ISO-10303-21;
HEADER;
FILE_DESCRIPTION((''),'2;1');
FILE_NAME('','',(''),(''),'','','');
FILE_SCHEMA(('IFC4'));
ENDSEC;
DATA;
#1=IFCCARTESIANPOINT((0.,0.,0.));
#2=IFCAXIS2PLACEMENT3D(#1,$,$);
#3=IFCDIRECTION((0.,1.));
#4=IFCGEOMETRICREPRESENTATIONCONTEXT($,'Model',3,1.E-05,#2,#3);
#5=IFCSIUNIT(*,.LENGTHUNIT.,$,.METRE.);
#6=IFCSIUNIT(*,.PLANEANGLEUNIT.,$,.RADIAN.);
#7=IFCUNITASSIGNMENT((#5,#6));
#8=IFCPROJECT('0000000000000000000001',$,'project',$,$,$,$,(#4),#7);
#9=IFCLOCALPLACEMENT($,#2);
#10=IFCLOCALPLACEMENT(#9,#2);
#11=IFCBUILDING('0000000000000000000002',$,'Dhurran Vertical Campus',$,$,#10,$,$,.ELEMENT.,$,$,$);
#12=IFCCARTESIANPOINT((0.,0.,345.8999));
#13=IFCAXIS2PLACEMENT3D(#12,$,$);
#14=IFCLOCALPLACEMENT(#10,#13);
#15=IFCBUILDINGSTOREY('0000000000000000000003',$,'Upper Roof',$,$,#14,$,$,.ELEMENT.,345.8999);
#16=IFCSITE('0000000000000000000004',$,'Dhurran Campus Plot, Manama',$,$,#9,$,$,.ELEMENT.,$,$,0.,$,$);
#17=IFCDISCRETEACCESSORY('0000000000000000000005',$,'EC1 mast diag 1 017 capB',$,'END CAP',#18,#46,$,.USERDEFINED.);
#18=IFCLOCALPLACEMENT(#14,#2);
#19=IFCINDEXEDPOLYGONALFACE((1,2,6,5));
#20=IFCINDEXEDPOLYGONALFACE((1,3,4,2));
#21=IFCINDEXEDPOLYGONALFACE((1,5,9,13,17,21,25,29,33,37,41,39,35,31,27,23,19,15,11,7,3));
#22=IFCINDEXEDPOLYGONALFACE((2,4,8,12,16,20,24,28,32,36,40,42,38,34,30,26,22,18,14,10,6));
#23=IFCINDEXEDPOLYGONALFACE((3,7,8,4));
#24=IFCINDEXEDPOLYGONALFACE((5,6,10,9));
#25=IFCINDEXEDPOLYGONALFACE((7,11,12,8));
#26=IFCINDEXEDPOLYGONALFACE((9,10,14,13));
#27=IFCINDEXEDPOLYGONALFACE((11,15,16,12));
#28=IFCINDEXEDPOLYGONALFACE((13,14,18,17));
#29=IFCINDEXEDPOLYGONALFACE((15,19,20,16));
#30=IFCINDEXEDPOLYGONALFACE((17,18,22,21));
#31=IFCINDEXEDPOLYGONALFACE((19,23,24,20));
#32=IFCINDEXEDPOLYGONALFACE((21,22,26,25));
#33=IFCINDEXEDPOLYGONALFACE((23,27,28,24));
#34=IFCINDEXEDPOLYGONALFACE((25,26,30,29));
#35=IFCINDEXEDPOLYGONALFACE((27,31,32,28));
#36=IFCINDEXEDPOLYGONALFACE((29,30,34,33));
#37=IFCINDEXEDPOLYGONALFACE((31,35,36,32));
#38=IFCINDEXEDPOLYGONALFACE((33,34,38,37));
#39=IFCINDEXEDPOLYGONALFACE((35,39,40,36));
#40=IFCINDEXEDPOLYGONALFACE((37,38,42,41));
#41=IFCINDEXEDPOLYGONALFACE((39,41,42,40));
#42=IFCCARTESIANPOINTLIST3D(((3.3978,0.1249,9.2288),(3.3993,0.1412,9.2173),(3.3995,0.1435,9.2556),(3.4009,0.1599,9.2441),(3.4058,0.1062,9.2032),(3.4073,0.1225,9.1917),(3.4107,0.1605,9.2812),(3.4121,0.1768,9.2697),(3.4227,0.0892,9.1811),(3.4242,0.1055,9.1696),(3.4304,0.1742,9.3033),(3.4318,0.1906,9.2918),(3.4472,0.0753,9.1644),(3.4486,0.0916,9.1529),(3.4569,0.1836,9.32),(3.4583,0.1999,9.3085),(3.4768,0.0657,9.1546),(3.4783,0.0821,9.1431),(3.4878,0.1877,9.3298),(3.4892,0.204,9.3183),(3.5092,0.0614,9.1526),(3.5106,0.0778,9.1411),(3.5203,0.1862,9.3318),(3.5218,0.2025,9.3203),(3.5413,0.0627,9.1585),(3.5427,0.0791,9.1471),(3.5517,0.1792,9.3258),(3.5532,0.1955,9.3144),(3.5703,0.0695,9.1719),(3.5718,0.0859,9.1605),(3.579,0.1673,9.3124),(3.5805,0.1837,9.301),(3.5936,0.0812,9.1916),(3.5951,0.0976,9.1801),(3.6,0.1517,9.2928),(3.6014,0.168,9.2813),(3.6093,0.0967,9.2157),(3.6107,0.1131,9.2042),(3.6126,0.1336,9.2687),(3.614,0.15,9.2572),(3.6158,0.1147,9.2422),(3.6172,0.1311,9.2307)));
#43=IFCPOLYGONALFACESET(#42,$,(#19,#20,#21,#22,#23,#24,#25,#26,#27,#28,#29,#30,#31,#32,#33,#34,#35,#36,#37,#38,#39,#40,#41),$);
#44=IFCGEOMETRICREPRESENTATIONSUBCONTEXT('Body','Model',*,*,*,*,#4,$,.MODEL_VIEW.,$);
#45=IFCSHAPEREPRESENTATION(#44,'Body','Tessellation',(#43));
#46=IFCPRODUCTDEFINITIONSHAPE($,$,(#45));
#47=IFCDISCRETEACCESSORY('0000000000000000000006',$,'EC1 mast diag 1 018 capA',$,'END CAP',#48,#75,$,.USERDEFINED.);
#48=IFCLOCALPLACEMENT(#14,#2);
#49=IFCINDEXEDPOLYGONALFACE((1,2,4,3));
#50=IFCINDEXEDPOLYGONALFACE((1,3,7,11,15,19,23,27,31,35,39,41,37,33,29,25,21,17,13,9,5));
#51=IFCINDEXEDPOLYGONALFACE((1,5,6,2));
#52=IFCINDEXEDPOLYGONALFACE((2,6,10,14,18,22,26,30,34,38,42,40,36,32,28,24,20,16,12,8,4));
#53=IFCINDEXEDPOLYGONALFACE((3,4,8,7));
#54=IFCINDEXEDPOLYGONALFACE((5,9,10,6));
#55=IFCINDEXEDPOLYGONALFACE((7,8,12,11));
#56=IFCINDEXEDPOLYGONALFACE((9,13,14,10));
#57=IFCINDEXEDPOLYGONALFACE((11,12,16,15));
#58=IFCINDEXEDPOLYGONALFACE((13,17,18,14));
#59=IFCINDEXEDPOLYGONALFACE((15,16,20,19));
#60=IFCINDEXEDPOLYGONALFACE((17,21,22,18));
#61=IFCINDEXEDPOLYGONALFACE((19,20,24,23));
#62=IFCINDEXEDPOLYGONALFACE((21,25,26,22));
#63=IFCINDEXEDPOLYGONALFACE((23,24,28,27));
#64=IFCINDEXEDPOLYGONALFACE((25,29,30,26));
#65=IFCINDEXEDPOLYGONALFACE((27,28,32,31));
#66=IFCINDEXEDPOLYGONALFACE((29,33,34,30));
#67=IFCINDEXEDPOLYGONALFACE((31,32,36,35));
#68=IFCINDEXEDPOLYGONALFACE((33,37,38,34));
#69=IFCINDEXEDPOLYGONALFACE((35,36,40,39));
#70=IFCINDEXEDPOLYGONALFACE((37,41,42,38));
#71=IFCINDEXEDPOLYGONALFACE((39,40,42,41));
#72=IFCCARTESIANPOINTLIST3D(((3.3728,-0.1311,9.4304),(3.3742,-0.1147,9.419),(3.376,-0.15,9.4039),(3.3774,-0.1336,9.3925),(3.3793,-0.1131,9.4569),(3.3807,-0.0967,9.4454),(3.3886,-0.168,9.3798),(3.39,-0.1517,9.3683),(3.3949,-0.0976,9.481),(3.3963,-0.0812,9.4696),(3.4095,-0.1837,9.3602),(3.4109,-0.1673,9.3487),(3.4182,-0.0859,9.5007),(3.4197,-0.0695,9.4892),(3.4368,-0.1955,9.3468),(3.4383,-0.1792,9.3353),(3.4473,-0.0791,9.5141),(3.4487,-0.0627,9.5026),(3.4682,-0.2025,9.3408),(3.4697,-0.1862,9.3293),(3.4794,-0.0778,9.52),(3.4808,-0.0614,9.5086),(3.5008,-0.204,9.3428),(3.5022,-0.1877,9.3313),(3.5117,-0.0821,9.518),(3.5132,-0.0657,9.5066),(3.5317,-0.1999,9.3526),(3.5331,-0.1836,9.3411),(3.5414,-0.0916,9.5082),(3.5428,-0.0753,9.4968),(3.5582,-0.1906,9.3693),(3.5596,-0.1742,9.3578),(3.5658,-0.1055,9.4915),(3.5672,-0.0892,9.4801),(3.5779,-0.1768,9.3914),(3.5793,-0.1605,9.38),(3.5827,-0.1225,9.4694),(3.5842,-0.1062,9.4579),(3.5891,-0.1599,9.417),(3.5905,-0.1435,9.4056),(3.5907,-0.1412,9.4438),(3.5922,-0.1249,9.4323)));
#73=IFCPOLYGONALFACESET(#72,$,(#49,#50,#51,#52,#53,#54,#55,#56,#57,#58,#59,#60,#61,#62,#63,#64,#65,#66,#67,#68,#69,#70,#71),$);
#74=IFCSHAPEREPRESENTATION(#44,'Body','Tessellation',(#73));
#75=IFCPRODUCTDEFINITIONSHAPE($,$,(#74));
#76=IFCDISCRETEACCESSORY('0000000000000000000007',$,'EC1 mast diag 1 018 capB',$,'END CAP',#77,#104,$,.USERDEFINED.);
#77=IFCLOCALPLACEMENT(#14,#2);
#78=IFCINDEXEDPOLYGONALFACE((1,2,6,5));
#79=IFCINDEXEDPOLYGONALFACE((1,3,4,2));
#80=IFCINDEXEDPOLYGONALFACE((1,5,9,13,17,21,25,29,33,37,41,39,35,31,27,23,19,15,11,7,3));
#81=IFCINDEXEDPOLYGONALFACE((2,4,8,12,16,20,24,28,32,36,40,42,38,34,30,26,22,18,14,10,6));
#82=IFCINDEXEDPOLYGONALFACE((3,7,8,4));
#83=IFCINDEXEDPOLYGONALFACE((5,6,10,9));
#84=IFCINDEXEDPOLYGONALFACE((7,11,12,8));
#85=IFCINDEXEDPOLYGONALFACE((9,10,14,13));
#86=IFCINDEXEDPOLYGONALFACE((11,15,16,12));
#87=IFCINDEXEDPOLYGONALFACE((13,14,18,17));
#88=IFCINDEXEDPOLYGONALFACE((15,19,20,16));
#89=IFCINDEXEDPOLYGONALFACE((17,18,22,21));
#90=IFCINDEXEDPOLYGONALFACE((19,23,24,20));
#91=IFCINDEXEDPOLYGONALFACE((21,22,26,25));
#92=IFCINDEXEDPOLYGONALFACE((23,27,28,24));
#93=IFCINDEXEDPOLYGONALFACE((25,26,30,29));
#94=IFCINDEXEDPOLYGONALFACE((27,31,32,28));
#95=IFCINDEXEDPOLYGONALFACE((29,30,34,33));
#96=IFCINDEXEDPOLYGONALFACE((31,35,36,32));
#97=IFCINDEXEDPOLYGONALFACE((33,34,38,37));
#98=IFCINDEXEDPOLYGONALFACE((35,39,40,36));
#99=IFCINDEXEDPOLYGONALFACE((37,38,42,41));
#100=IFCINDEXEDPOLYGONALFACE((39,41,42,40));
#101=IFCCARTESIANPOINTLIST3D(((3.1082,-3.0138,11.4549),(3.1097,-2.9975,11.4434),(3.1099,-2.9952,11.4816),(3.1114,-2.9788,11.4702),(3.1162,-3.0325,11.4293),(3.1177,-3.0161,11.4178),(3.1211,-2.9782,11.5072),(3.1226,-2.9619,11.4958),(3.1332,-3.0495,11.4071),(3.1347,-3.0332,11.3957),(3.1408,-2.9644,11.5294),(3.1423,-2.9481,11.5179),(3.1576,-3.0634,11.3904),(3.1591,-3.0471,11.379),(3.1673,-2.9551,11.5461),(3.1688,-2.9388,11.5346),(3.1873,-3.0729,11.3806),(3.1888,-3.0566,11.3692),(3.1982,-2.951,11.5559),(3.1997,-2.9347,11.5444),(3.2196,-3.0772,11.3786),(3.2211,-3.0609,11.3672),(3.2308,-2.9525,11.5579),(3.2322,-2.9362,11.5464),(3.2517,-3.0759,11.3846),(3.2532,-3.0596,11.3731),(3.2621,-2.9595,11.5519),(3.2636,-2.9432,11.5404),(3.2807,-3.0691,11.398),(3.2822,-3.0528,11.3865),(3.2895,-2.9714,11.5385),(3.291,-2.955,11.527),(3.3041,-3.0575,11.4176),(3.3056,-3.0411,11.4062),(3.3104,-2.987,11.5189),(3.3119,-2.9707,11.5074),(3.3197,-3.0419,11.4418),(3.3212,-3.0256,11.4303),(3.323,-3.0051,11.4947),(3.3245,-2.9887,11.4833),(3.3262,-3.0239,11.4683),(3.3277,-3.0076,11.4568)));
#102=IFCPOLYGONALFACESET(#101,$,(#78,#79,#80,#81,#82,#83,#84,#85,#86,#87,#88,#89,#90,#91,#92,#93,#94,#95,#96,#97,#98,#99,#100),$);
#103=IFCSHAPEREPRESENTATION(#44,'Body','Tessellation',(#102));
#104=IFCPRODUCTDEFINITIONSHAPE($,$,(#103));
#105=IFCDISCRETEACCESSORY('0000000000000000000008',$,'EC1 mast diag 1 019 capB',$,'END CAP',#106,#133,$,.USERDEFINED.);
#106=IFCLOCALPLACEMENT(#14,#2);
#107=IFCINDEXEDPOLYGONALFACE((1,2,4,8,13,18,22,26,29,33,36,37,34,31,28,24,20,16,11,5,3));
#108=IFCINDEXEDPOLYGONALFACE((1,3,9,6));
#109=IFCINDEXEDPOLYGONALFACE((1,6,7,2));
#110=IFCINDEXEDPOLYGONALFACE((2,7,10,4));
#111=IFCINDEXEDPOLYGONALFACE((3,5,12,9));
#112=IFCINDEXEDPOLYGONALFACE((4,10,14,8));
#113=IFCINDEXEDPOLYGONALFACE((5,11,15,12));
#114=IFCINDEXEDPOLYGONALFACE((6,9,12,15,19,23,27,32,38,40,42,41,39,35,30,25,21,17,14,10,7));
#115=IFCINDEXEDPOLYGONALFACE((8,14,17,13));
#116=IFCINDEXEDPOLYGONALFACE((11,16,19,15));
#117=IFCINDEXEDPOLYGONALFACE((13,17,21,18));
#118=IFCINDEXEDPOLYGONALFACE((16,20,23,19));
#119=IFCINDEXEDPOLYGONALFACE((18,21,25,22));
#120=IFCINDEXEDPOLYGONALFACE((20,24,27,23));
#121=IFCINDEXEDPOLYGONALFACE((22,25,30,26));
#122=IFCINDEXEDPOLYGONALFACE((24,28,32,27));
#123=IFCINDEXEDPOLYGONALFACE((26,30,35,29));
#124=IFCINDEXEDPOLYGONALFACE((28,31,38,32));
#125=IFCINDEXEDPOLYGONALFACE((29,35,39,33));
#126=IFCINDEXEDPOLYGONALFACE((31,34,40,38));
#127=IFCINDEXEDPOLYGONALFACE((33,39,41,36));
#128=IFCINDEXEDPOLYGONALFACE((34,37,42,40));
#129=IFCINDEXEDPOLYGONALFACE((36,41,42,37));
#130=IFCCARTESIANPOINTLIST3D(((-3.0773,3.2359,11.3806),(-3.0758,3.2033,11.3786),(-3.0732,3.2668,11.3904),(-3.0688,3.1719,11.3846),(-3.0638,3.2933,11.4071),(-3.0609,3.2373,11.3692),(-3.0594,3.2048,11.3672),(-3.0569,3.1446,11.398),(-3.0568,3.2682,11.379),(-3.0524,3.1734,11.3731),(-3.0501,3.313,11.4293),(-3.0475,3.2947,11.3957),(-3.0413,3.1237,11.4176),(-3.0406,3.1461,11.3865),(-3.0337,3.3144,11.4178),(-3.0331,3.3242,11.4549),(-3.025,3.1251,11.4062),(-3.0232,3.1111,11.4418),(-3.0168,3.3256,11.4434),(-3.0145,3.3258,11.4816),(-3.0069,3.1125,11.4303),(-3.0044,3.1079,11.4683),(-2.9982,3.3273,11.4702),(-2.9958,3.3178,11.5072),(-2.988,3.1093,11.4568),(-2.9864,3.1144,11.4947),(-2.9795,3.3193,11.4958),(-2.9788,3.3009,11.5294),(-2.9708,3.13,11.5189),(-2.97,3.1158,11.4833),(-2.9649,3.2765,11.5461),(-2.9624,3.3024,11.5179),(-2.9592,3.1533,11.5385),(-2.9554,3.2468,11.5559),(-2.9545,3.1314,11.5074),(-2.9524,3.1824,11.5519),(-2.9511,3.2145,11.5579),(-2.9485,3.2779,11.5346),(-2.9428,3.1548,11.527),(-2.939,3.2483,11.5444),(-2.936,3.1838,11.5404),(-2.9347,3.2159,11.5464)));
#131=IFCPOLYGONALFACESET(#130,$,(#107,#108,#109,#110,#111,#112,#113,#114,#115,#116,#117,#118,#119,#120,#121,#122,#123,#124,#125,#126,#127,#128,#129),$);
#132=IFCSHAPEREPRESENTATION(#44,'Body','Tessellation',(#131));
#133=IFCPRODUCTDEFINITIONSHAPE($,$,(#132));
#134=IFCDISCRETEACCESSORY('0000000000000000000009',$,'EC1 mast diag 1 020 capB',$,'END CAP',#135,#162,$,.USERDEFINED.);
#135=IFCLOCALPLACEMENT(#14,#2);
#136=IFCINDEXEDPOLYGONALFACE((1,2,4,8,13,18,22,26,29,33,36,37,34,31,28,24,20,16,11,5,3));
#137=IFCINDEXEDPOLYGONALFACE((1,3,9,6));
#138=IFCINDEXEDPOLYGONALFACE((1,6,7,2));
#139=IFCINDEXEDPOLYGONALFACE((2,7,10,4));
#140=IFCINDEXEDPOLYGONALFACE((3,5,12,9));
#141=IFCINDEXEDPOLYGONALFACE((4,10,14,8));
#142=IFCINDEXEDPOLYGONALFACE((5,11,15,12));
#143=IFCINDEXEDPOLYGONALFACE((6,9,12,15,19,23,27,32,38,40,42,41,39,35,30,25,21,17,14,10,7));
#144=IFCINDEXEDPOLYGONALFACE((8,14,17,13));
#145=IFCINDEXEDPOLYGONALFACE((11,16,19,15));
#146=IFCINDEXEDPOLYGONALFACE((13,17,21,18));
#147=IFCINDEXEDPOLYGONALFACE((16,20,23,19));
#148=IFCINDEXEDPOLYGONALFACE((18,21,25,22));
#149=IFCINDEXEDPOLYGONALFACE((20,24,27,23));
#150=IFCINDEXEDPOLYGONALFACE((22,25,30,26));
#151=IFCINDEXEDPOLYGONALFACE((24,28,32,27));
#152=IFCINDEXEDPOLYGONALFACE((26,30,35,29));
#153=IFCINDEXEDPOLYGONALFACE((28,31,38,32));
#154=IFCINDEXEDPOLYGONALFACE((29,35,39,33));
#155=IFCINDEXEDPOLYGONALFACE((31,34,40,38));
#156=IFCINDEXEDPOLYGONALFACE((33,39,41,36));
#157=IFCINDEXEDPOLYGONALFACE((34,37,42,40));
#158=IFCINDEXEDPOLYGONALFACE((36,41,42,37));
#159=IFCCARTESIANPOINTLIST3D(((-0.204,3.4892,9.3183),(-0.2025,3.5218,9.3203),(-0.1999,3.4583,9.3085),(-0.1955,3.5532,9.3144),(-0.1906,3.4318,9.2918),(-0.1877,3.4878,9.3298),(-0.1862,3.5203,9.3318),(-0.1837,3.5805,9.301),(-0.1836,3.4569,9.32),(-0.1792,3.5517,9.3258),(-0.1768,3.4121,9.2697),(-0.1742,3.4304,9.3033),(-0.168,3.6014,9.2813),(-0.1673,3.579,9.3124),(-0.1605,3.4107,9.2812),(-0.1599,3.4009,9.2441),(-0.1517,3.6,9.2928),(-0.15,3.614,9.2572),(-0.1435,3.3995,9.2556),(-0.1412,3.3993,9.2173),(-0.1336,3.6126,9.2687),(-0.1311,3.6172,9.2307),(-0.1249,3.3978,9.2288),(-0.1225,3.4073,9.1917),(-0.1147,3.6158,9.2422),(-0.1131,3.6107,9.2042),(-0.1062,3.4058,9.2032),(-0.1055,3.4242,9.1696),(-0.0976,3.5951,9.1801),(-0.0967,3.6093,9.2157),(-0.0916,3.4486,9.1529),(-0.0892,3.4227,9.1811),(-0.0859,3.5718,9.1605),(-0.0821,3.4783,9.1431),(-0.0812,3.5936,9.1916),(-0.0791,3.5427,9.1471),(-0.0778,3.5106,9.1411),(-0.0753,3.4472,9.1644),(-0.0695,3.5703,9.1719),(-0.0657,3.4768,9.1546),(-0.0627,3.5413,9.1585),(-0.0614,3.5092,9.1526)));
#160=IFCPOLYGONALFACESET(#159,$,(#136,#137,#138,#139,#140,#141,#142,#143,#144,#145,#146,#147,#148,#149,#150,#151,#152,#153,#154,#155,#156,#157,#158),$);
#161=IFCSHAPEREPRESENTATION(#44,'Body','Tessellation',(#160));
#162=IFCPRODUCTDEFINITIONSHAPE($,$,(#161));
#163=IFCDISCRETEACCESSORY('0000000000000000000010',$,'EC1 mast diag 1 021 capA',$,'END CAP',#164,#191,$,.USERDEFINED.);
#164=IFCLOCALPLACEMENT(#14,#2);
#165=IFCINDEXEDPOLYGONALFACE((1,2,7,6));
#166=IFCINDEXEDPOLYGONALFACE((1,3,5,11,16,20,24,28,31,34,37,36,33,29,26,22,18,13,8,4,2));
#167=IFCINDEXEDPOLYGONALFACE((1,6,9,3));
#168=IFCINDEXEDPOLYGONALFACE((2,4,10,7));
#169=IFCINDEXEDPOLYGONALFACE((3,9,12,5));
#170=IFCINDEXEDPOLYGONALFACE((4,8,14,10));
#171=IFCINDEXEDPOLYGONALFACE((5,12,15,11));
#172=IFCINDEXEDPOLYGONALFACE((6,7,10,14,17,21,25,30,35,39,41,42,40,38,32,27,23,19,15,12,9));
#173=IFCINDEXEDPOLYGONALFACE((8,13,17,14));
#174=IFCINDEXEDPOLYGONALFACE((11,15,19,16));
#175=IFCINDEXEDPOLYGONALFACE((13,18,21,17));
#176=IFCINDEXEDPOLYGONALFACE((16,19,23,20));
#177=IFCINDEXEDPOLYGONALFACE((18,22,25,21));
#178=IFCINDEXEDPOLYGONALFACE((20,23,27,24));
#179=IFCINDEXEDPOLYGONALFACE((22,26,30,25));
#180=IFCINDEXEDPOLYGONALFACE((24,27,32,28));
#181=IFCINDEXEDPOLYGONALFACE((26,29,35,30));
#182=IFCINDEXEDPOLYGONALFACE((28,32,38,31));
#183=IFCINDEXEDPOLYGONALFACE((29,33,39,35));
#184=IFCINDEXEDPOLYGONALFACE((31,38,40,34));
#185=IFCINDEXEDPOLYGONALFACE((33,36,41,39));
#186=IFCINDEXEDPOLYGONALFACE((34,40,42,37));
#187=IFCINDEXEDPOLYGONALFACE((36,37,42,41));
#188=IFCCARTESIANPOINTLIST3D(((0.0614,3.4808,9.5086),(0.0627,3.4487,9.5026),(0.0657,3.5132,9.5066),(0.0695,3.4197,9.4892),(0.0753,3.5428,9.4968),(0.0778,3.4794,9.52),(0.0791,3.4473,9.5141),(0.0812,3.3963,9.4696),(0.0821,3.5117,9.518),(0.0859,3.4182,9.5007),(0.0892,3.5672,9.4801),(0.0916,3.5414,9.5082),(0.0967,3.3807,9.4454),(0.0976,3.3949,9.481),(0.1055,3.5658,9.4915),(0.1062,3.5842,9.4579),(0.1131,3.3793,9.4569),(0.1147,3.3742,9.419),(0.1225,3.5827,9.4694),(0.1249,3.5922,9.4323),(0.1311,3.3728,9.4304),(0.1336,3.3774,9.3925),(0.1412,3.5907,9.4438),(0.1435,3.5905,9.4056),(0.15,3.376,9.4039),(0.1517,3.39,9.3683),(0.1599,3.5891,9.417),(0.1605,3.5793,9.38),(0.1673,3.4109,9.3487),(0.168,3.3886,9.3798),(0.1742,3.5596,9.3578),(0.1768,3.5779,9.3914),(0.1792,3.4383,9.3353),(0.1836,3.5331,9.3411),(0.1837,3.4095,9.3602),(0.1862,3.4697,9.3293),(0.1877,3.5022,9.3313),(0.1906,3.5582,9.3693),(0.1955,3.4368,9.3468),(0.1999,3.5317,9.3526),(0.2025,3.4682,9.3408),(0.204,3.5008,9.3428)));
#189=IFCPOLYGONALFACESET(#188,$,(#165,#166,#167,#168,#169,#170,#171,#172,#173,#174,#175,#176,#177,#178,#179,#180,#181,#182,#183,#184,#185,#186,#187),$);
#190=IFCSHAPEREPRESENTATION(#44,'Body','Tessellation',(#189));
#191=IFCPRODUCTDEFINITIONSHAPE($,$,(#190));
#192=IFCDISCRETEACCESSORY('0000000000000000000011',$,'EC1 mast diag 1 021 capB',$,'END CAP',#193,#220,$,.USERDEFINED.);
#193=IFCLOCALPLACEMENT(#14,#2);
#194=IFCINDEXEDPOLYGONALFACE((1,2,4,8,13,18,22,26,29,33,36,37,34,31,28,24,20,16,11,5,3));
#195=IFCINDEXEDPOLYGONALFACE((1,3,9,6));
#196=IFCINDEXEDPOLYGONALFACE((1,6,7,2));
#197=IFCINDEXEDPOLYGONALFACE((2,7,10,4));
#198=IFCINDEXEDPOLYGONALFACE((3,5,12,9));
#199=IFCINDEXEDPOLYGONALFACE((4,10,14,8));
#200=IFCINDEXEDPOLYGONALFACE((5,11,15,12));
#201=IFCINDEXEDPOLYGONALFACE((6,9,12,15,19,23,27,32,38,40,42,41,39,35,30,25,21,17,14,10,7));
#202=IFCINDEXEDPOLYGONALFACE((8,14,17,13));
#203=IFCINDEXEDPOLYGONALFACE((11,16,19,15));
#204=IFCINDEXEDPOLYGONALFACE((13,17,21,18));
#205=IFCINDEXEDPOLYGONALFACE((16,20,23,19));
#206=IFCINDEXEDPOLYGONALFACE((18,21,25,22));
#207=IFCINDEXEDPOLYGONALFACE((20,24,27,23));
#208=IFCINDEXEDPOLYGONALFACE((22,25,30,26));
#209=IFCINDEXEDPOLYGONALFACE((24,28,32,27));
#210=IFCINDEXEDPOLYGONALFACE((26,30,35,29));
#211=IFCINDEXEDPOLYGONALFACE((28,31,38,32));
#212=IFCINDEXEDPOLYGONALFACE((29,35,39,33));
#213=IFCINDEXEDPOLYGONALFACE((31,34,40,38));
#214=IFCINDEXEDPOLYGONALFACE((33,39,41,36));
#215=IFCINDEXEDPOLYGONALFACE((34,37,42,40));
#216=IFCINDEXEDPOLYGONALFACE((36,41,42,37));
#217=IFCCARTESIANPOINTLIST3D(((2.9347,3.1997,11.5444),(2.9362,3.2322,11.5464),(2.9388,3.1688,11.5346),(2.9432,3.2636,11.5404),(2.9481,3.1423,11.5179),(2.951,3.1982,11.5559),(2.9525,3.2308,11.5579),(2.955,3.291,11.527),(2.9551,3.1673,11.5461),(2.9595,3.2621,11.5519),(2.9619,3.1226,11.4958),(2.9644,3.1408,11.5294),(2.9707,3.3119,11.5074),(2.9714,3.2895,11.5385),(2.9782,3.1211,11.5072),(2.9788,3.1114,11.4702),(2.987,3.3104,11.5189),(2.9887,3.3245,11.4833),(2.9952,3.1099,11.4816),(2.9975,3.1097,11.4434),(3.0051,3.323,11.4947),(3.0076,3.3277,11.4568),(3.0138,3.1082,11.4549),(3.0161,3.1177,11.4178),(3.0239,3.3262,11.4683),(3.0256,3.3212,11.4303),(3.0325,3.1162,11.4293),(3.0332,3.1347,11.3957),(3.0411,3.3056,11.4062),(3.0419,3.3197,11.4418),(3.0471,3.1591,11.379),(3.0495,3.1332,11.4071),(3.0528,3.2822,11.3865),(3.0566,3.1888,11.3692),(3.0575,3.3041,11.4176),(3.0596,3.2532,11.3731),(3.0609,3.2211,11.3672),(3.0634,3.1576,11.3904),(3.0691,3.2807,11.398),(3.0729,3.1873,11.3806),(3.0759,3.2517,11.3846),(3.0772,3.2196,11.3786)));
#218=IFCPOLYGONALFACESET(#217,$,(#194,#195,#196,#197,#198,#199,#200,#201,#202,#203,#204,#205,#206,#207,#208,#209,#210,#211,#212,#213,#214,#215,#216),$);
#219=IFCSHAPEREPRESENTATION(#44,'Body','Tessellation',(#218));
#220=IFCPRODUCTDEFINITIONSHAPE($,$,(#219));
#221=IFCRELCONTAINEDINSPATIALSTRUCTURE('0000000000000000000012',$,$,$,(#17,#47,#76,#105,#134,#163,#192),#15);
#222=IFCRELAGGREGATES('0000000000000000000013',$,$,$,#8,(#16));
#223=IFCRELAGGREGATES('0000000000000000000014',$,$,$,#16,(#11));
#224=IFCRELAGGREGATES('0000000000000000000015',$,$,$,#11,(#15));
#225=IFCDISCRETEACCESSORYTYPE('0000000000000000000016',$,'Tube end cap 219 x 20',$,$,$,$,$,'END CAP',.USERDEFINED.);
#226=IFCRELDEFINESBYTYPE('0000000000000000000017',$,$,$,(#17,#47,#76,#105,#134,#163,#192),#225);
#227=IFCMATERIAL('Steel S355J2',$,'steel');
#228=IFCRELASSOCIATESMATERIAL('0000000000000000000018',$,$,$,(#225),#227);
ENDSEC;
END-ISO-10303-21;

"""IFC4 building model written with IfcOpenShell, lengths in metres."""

from ifc_helpers import new_model, si_unit, direction, frame, origin, origin_2d, place, context, subcontext, project, spatial, circle, extrude, material, material_profile, profile_set, type_object, element, save


model = new_model("IFC4")

# Units and contexts
model_context = context("Model", 3, precision=1e-05, world=origin(), true_north=direction((0.0, 1.0)))
body_context = subcontext(model_context, "Body", "Model", "MODEL_VIEW")
ifc_project = project(units=[si_unit("LENGTHUNIT", "METRE"), si_unit("PLANEANGLEUNIT", "RADIAN")], contexts=[model_context])

# Site, building, storey
site_placement = place(None, origin())
site = spatial("IfcSite", under=ifc_project, at=site_placement, Name="Dhurran Campus Plot, Manama", CompositionType="ELEMENT", RefElevation=0.0)
building_placement = place(site_placement, origin())
building = spatial("IfcBuilding", under=site, at=building_placement, Name="Dhurran Vertical Campus", CompositionType="ELEMENT")
storey_placement = place(building_placement, frame((0.0, 0.0, 345.8999)))
storey = spatial("IfcBuildingStorey", under=building, at=storey_placement, Name="Upper Roof", CompositionType="ELEMENT", Elevation=345.8999)

# Discrete accessories
ifc_material_1 = material(Name="Steel S355J2", Category="steel")
ifc_material_profile_1 = material_profile(ifc_material_1, circle(Radius=0.1096, at=origin_2d()), Name="Tube end cap 219 x 20")
ifc_profile_set_1 = profile_set([ifc_material_profile_1], Name="Steel S355J2")
discrete_accessory_type = type_object("IfcDiscreteAccessoryType", Name="Tube end cap 219 x 20", ElementType="END CAP", PredefinedType="USERDEFINED", material=ifc_profile_set_1)
for number, where, z_axis, x_axis, name in (
    (1, (3.5081, 0.1409, 9.2307), (-0.073116, -0.816466, 0.572745), (0.996014, -0.089195, 0.0), "EC1 mast diag 1 017 capB"),
    (2, (3.4819, -0.1409, 9.4304), (0.073116, 0.816466, -0.572745), (-0.996014, 0.089195, 0.0), "EC1 mast diag 1 018 capA"),
    (3, (3.2185, -2.9978, 11.4568), (-0.073116, -0.816466, 0.572745), (0.996014, -0.089195, 0.0), "EC1 mast diag 1 018 capB"),
    (4, (-2.9978, 3.2185, 11.4568), (-0.816466, -0.073116, 0.572745), (0.089195, -0.996014, 0.0), "EC1 mast diag 1 019 capB"),
    (5, (-0.1409, 3.5081, 9.2307), (0.816466, -0.073116, 0.572745), (0.089195, 0.996014, 0.0), "EC1 mast diag 1 020 capB"),
    (6, (0.1409, 3.4819, 9.4304), (-0.816466, 0.073116, -0.572745), (-0.089195, -0.996014, 0.0), "EC1 mast diag 1 021 capA"),
    (7, (2.9978, 3.2185, 11.4568), (0.816466, -0.073116, 0.572745), (0.089195, 0.996014, 0.0), "EC1 mast diag 1 021 capB"),
):
    element("IfcDiscreteAccessory", number, at=place(storey_placement, frame(where, z_axis=z_axis, x_axis=x_axis)), inside=storey, type_object=discrete_accessory_type, Name=name, ObjectType="END CAP", PredefinedType="USERDEFINED", context=body_context, shape_type="SweptSolid", body=[
        extrude(circle(Radius=0.1096, at=origin_2d()), origin(), (0.0, 0.0, 1.0), 0.02),
    ])

save(model, "model.ifc")
